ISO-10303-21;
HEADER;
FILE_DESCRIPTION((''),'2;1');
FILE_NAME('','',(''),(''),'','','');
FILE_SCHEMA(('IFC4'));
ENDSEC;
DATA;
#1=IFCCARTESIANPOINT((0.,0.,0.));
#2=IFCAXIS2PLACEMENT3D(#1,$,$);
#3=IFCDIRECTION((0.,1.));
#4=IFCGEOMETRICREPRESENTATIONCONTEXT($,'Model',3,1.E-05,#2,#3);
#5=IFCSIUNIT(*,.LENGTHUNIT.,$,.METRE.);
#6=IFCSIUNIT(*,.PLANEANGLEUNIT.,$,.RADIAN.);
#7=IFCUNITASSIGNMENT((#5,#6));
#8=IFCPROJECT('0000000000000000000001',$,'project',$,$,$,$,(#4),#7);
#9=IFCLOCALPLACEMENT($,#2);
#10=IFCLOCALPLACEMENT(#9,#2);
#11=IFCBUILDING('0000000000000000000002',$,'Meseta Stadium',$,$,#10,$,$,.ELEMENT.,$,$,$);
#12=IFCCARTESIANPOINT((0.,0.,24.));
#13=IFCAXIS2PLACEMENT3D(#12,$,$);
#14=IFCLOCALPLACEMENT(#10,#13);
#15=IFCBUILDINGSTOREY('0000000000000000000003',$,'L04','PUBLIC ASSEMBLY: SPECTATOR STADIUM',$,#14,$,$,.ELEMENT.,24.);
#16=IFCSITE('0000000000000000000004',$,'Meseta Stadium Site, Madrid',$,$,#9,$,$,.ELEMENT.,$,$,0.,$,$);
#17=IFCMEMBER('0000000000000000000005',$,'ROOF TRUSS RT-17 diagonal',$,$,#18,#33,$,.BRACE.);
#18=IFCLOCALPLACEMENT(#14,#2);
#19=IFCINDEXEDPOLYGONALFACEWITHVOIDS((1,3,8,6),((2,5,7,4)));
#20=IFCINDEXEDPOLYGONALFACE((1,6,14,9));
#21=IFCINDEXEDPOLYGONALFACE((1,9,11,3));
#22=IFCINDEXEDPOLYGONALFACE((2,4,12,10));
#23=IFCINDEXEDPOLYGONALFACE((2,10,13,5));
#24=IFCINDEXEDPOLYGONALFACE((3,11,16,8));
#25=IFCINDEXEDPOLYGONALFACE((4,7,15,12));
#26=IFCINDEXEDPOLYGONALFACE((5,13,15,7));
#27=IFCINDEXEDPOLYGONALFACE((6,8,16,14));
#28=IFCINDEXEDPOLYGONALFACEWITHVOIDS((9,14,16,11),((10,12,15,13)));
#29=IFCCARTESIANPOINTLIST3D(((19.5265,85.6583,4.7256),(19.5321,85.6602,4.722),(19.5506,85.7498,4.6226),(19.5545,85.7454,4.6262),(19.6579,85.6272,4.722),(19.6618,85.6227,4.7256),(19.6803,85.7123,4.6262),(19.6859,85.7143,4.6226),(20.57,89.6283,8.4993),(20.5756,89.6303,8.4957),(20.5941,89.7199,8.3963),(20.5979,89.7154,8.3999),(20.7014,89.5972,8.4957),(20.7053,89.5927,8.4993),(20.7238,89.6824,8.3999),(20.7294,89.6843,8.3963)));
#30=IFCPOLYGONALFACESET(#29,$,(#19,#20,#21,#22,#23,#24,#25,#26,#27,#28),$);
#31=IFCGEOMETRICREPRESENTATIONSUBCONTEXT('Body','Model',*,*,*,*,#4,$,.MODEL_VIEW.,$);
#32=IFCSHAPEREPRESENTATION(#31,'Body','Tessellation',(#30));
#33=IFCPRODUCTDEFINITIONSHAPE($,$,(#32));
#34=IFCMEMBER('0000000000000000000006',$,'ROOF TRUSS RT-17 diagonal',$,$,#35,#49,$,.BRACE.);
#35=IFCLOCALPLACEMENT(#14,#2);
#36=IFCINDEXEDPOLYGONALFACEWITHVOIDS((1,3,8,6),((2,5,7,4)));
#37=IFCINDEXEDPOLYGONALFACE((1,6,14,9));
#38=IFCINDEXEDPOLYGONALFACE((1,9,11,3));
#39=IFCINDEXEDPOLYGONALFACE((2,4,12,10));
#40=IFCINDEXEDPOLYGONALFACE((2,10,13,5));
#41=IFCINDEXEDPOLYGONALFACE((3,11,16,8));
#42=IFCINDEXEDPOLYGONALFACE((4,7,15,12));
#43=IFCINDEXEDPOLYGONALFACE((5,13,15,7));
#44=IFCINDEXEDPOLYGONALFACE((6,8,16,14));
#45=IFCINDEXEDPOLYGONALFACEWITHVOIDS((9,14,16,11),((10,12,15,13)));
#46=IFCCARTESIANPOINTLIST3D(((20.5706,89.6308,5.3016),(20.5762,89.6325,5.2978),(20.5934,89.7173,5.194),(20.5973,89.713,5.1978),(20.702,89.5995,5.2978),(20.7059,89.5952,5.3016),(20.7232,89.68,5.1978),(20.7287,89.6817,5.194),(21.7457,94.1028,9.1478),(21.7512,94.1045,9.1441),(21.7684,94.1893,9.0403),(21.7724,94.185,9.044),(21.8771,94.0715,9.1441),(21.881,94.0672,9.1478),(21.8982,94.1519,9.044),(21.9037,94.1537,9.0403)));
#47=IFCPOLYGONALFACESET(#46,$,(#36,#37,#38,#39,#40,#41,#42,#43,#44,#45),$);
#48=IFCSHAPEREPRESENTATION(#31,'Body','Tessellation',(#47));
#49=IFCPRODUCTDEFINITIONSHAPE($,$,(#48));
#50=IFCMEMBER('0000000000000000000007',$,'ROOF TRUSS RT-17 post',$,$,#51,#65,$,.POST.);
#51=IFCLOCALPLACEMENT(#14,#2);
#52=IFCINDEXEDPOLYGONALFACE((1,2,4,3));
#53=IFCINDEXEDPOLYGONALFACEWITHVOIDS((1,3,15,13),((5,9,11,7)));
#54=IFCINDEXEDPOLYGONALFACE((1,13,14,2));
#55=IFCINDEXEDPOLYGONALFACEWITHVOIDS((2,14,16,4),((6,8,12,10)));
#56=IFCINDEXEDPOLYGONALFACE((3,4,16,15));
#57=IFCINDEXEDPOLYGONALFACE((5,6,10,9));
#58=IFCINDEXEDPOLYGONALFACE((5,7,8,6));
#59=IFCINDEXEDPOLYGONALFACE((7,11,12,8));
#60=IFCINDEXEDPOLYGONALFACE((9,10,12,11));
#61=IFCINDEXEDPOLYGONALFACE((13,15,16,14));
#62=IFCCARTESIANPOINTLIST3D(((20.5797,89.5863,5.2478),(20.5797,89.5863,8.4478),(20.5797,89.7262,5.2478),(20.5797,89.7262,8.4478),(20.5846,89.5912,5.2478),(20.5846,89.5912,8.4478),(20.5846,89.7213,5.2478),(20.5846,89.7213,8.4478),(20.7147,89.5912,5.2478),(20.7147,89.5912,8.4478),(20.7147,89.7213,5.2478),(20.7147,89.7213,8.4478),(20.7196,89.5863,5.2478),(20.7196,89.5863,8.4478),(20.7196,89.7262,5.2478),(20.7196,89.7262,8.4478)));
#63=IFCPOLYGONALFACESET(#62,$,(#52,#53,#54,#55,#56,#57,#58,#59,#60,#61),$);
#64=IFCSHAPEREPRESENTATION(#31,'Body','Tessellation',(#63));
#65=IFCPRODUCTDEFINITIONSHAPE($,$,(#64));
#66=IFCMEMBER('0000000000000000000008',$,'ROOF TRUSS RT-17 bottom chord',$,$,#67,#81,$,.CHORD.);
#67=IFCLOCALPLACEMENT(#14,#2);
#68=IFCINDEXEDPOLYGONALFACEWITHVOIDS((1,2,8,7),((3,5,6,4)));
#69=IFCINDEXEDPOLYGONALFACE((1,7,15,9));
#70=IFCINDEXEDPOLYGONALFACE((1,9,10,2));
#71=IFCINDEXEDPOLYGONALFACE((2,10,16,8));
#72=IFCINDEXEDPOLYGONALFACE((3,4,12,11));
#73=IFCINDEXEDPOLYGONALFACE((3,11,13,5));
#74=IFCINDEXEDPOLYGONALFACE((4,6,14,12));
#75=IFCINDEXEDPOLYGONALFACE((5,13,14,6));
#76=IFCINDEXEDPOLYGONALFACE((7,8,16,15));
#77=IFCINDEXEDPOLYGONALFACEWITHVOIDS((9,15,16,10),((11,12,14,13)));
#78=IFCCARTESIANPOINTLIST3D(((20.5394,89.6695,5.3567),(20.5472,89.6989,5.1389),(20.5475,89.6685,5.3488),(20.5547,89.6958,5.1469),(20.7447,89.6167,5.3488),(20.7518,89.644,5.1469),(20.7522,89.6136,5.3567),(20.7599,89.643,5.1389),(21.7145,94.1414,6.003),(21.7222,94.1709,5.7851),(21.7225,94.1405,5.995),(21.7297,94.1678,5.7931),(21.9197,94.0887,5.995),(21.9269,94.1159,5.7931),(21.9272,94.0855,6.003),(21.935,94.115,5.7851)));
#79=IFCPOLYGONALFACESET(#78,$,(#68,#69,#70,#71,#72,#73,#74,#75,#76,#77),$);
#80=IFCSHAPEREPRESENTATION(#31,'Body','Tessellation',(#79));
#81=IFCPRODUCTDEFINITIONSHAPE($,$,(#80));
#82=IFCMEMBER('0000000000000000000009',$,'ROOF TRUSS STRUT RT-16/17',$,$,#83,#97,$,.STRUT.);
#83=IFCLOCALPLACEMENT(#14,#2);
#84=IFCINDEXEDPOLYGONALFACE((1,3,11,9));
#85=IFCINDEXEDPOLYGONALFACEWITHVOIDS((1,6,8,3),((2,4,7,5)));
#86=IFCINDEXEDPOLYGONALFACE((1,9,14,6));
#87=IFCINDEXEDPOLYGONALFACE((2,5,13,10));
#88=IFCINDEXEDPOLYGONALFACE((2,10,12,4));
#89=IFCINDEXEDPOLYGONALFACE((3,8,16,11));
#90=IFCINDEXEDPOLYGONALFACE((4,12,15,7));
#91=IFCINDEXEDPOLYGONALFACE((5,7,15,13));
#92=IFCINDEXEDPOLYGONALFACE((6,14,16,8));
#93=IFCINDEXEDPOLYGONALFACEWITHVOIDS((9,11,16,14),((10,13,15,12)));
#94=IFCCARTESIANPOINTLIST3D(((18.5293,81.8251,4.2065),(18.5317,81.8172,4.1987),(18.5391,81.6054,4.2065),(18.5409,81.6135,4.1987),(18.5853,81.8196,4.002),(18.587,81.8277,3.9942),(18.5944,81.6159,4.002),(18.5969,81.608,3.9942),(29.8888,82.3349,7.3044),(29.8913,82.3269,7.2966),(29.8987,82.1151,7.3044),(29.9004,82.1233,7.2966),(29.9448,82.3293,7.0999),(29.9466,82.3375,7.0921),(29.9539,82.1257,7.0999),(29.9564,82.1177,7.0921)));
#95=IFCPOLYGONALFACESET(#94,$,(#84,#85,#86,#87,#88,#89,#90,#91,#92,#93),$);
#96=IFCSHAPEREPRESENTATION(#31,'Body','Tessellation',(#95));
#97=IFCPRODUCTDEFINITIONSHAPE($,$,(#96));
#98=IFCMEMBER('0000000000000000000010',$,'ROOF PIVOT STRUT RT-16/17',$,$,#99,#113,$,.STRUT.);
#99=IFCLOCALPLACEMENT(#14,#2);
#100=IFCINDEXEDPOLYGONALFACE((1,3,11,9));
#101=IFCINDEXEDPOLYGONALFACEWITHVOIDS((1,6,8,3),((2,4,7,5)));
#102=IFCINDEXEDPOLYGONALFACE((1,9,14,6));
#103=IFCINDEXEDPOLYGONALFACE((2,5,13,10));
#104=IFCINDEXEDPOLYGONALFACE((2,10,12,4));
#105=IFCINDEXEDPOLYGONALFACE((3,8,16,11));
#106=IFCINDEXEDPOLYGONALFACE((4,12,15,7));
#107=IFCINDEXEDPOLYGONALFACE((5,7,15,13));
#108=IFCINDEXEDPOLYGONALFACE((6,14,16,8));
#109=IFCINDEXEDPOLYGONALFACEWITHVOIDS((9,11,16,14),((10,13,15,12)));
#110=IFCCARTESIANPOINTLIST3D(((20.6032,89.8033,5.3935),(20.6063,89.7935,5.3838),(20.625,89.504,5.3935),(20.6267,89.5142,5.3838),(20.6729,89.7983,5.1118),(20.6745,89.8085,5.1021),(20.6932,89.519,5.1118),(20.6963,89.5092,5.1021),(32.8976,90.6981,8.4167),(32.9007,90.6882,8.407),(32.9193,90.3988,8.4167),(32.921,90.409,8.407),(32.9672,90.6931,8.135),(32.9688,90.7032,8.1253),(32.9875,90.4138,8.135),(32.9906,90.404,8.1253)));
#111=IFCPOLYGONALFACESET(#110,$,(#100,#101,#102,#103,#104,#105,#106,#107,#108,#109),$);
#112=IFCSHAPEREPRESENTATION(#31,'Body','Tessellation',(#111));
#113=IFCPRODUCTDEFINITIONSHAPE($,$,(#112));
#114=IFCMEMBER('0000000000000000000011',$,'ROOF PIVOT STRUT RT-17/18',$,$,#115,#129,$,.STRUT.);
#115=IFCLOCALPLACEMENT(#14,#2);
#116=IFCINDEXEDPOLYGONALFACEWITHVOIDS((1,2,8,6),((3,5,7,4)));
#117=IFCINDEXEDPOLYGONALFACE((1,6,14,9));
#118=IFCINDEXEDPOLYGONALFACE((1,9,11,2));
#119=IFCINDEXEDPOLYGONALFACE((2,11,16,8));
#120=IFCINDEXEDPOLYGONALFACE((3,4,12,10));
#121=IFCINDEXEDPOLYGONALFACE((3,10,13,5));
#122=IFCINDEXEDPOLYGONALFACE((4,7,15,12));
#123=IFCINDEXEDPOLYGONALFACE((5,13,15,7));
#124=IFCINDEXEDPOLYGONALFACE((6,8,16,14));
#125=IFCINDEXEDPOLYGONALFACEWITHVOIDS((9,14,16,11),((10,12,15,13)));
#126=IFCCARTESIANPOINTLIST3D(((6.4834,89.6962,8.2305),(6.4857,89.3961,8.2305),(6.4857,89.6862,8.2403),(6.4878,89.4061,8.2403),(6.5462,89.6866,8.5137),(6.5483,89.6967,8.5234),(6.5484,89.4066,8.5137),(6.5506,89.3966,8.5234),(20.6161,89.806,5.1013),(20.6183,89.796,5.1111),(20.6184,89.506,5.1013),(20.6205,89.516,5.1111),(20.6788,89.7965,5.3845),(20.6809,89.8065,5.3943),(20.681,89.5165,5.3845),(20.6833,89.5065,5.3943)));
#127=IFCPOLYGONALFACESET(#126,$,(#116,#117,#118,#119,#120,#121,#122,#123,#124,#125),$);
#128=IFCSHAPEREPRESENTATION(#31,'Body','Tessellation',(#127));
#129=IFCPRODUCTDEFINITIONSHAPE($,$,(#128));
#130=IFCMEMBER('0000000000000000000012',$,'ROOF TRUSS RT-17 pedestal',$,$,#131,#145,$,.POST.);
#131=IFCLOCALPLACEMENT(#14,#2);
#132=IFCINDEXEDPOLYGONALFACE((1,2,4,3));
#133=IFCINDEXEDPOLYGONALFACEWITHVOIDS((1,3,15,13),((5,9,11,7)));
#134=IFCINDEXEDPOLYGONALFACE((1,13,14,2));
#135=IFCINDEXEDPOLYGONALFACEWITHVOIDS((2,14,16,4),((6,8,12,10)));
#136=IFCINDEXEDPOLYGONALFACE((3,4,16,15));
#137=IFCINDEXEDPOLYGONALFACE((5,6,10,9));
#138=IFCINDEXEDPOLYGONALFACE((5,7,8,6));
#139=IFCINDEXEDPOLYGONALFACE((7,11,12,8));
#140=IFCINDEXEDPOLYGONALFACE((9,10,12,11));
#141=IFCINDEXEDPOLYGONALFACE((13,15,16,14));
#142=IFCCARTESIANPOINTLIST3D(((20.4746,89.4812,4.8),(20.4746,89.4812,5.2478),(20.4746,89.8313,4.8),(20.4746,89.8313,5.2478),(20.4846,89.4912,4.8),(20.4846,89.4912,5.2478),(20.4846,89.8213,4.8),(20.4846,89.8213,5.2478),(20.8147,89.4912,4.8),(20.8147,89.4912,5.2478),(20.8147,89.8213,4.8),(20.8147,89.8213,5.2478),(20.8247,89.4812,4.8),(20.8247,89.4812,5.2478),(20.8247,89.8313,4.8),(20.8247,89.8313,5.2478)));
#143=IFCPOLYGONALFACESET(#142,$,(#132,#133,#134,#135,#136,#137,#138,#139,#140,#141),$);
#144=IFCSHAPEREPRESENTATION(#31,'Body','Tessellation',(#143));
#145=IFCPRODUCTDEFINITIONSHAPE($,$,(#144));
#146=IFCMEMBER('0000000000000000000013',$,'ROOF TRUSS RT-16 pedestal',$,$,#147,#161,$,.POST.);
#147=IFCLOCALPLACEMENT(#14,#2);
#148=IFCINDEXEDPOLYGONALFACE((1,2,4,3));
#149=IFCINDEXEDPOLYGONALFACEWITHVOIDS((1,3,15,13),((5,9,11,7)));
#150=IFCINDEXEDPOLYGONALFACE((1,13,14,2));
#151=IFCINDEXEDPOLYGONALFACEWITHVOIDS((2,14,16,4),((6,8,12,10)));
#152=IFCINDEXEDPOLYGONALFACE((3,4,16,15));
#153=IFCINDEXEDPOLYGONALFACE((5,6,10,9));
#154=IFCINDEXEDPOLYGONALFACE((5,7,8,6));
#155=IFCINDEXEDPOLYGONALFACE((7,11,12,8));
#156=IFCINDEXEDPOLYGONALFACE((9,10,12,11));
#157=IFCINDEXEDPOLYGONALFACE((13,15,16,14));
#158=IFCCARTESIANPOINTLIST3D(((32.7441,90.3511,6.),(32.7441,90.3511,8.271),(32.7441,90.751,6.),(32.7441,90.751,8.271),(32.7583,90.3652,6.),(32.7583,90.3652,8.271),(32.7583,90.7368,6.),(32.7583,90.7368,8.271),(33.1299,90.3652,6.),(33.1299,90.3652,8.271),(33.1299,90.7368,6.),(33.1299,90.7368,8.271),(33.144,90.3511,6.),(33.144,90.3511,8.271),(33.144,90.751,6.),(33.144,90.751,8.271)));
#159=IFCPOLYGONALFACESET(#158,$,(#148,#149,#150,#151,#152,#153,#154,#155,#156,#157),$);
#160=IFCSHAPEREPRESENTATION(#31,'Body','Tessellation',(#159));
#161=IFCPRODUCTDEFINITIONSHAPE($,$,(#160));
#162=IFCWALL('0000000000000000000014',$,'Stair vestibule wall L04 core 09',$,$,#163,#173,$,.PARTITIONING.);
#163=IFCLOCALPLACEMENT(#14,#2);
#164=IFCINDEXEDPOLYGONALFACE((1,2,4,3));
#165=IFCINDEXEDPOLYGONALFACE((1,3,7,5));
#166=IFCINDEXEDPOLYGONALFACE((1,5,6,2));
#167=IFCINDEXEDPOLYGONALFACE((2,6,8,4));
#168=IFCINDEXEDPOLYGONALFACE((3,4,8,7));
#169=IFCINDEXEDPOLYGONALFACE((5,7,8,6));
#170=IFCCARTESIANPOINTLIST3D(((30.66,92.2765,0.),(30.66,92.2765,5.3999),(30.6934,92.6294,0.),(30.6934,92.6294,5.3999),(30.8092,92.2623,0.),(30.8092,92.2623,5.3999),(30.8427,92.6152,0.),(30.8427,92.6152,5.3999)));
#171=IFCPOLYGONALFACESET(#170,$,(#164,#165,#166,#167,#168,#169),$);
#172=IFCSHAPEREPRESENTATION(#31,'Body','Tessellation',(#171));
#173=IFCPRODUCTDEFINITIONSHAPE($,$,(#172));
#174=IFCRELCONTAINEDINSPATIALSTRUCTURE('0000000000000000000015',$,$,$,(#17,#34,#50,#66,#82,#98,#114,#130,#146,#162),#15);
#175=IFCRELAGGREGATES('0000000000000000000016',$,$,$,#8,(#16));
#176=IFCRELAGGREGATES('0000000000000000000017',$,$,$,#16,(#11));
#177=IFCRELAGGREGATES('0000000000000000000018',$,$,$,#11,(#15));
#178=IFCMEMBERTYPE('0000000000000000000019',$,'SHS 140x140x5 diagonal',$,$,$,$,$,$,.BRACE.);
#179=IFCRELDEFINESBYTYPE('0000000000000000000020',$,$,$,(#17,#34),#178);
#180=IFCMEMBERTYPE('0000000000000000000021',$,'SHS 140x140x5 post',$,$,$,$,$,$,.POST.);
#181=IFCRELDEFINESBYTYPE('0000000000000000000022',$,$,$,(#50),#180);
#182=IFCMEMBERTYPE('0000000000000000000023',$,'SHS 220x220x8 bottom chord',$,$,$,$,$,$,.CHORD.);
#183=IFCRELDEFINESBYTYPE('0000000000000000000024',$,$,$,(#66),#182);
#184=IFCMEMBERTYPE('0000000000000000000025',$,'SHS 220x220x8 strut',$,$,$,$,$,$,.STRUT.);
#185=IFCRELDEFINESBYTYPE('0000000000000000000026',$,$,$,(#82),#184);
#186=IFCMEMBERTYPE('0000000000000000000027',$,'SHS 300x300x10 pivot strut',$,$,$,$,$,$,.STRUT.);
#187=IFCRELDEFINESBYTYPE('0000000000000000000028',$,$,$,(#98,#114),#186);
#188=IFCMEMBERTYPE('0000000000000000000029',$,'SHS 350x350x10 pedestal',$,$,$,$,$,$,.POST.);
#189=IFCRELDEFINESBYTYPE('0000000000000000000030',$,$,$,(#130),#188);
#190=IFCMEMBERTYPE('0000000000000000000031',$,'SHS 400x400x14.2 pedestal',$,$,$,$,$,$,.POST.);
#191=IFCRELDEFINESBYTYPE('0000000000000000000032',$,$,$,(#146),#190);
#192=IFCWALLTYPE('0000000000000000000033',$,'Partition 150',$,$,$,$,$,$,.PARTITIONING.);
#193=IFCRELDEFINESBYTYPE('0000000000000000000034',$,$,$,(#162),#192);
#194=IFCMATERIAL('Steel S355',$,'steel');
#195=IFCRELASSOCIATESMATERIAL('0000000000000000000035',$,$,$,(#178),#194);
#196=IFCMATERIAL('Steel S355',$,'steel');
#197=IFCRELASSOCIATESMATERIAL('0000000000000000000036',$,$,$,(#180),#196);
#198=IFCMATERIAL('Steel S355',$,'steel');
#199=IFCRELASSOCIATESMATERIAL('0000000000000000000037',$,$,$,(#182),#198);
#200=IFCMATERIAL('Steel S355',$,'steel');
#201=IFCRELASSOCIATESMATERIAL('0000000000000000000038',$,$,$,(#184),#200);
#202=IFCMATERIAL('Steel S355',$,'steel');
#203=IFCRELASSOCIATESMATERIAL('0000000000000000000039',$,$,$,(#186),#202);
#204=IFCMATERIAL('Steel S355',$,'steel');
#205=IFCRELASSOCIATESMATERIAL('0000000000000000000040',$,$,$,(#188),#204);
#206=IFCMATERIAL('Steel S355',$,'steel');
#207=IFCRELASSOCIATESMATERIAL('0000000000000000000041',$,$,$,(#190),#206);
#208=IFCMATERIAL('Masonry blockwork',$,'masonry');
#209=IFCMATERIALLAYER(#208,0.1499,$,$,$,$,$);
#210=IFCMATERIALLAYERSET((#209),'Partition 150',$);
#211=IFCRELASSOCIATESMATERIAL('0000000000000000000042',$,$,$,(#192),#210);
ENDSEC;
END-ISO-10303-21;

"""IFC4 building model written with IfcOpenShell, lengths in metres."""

from ifc_helpers import new_model, si_unit, direction, frame, frame_2d, origin, origin_2d, place, context, subcontext, project, spatial, rectangle, hollow_rectangle, extrude, material, layer, layer_set, material_profile, profile_set, type_object, element, save


model = new_model("IFC4")

# Units and contexts
model_context = context("Model", 3, precision=1e-05, world=origin(), true_north=direction((0.0, 1.0)))
body_context = subcontext(model_context, "Body", "Model", "MODEL_VIEW")
ifc_project = project(units=[si_unit("LENGTHUNIT", "METRE"), si_unit("PLANEANGLEUNIT", "RADIAN")], contexts=[model_context])

# Site, building, storey
site_placement = place(None, origin())
site = spatial("IfcSite", under=ifc_project, at=site_placement, Name="Meseta Stadium Site, Madrid", CompositionType="ELEMENT", RefElevation=0.0)
building_placement = place(site_placement, origin())
building = spatial("IfcBuilding", under=site, at=building_placement, Name="Meseta Stadium", CompositionType="ELEMENT")
storey_placement = place(building_placement, frame((0.0, 0.0, 24.0)))
storey = spatial("IfcBuildingStorey", under=building, at=storey_placement, Name="L04", Description="PUBLIC ASSEMBLY: SPECTATOR STADIUM", CompositionType="ELEMENT", Elevation=24.0)

# Members
ifc_material_1 = material(Name="Steel S355", Category="steel")
ifc_material_profile_1 = material_profile(ifc_material_1, hollow_rectangle(XDim=0.1399, YDim=0.1399, WallThickness=0.0049, at=origin_2d()), Name="SHS 140x140x5")
ifc_profile_set_1 = profile_set([ifc_material_profile_1], Name="Steel S355")
member_type_1 = type_object("IfcMemberType", Name="SHS 140x140x5 diagonal", PredefinedType="BRACE", material=ifc_profile_set_1)
member_1_placement = place(storey_placement, frame((19.6062, 85.6863, 4.6741), z_axis=(0.187139, 0.711993, 0.67679), x_axis=(-0.967151, 0.254203, 0.0)))
element("IfcMember", 1, at=member_1_placement, inside=storey, type_object=member_type_1, Name="ROOF TRUSS RT-17 diagonal", PredefinedType="BRACE", context=body_context, shape_type="SweptSolid", body=[
    extrude(hollow_rectangle(XDim=0.1399, YDim=0.1399, WallThickness=0.0049, at=origin_2d()), origin(), (0.0, 0.0, 1.0), 5.5759),
])
member_2_placement = place(storey_placement, frame((20.6497, 89.6562, 5.2478), z_axis=(0.195375, 0.743546, 0.639506), x_axis=(-0.967169, 0.254135, 0.0)))
element("IfcMember", 2, at=member_2_placement, inside=storey, type_object=member_type_1, Name="ROOF TRUSS RT-17 diagonal", PredefinedType="BRACE", context=body_context, shape_type="SweptSolid", body=[
    extrude(hollow_rectangle(XDim=0.1399, YDim=0.1399, WallThickness=0.0049, at=origin_2d()), origin(), (0.0, 0.0, 1.0), 6.0144),
])
ifc_material_2 = material(Name="Steel S355", Category="steel")
ifc_material_profile_2 = material_profile(ifc_material_2, hollow_rectangle(XDim=0.1399, YDim=0.1399, WallThickness=0.0049, at=origin_2d()), Name="SHS 140x140x5")
ifc_profile_set_2 = profile_set([ifc_material_profile_2], Name="Steel S355")
member_type_2 = type_object("IfcMemberType", Name="SHS 140x140x5 post", PredefinedType="POST", material=ifc_profile_set_2)
member_3_placement = place(storey_placement, frame((20.6497, 89.6562, 5.2478), z_axis=(0.0, 0.0, 1.0), x_axis=(1.0, 0.0, 0.0)))
element("IfcMember", 3, at=member_3_placement, inside=storey, type_object=member_type_2, Name="ROOF TRUSS RT-17 post", PredefinedType="POST", context=body_context, shape_type="SweptSolid", body=[
    extrude(hollow_rectangle(XDim=0.1399, YDim=0.1399, WallThickness=0.0049, at=origin_2d()), origin(), (0.0, 0.0, 1.0), 3.2),
])
ifc_material_3 = material(Name="Steel S355", Category="steel")
ifc_material_profile_3 = material_profile(ifc_material_3, hollow_rectangle(XDim=0.22, YDim=0.22, WallThickness=0.0081, at=origin_2d()), Name="SHS 220x220x8")
ifc_profile_set_3 = profile_set([ifc_material_profile_3], Name="Steel S355")
member_type_3 = type_object("IfcMemberType", Name="SHS 220x220x8 bottom chord", PredefinedType="CHORD", material=ifc_profile_set_3)
member_4_placement = place(storey_placement, frame((20.6497, 89.6562, 5.2478), z_axis=(0.251688, 0.957858, 0.138421), x_axis=(-0.967169, 0.254135, 0.0)))
element("IfcMember", 4, at=member_4_placement, inside=storey, type_object=member_type_3, Name="ROOF TRUSS RT-17 bottom chord", PredefinedType="CHORD", context=body_context, shape_type="SweptSolid", body=[
    extrude(hollow_rectangle(XDim=0.22, YDim=0.22, WallThickness=0.0081, at=origin_2d()), origin(), (0.0, 0.0, 1.0), 4.6687),
])
ifc_material_4 = material(Name="Steel S355", Category="steel")
ifc_material_profile_4 = material_profile(ifc_material_4, hollow_rectangle(XDim=0.22, YDim=0.22, WallThickness=0.0081, at=origin_2d()), Name="SHS 220x220x8")
ifc_profile_set_4 = profile_set([ifc_material_profile_4], Name="Steel S355")
member_type_4 = type_object("IfcMemberType", Name="SHS 220x220x8 strut", PredefinedType="STRUT", material=ifc_profile_set_4)
member_5_placement = place(storey_placement, frame((29.9226, 82.2263, 7.1982), z_axis=(-0.963865, -0.043254, -0.262857), x_axis=(0.04483, -0.998995, 0.0)))
element("IfcMember", 5, at=member_5_placement, inside=storey, type_object=member_type_4, Name="ROOF TRUSS STRUT RT-16/17", PredefinedType="STRUT", context=body_context, shape_type="SweptSolid", body=[
    extrude(hollow_rectangle(XDim=0.22, YDim=0.22, WallThickness=0.0081, at=origin_2d()), origin(), (0.0, 0.0, 1.0), 11.7854),
])
ifc_material_5 = material(Name="Steel S355", Category="steel")
ifc_material_profile_5 = material_profile(ifc_material_5, hollow_rectangle(XDim=0.3, YDim=0.3, WallThickness=0.01, at=origin_2d()), Name="SHS 300x300x10")
ifc_profile_set_5 = profile_set([ifc_material_profile_5], Name="Steel S355")
member_type_5 = type_object("IfcMemberType", Name="SHS 300x300x10 pivot strut", PredefinedType="STRUT", material=ifc_profile_set_5)
member_6_placement = place(storey_placement, frame((32.9441, 90.551, 8.271), z_axis=(-0.968656, -0.070498, -0.238192), x_axis=(0.072587, -0.997362, 0.0)))
element("IfcMember", 6, at=member_6_placement, inside=storey, type_object=member_type_5, Name="ROOF PIVOT STRUT RT-16/17", PredefinedType="STRUT", context=body_context, shape_type="SweptSolid", body=[
    extrude(hollow_rectangle(XDim=0.3, YDim=0.3, WallThickness=0.01, at=origin_2d()), origin(), (0.0, 0.0, 1.0), 12.6921),
])
member_7_placement = place(storey_placement, frame((20.6497, 89.6562, 5.2478), z_axis=(-0.976326, -0.00759, 0.216172), x_axis=(0.007774, -0.99997, 0.0)))
element("IfcMember", 7, at=member_7_placement, inside=storey, type_object=member_type_5, Name="ROOF PIVOT STRUT RT-17/18", PredefinedType="STRUT", context=body_context, shape_type="SweptSolid", body=[
    extrude(hollow_rectangle(XDim=0.3, YDim=0.3, WallThickness=0.01, at=origin_2d()), origin(), (0.0, 0.0, 1.0), 14.4753),
])
ifc_material_6 = material(Name="Steel S355", Category="steel")
ifc_material_profile_6 = material_profile(ifc_material_6, hollow_rectangle(XDim=0.3501, YDim=0.3501, WallThickness=0.01, at=origin_2d()), Name="SHS 350x350x10")
ifc_profile_set_6 = profile_set([ifc_material_profile_6], Name="Steel S355")
member_type_6 = type_object("IfcMemberType", Name="SHS 350x350x10 pedestal", PredefinedType="POST", material=ifc_profile_set_6)
member_8_placement = place(storey_placement, frame((20.6497, 89.6562, 4.8), z_axis=(0.0, 0.0, 1.0), x_axis=(1.0, 0.0, 0.0)))
element("IfcMember", 8, at=member_8_placement, inside=storey, type_object=member_type_6, Name="ROOF TRUSS RT-17 pedestal", PredefinedType="POST", context=body_context, shape_type="SweptSolid", body=[
    extrude(hollow_rectangle(XDim=0.3501, YDim=0.3501, WallThickness=0.01, at=origin_2d()), origin(), (0.0, 0.0, 1.0), 0.4478),
])
ifc_material_7 = material(Name="Steel S355", Category="steel")
ifc_material_profile_7 = material_profile(ifc_material_7, hollow_rectangle(XDim=0.3999, YDim=0.3999, WallThickness=0.0142, at=origin_2d()), Name="SHS 400x400x14.2")
ifc_profile_set_7 = profile_set([ifc_material_profile_7], Name="Steel S355")
member_type_7 = type_object("IfcMemberType", Name="SHS 400x400x14.2 pedestal", PredefinedType="POST", material=ifc_profile_set_7)
member_9_placement = place(storey_placement, frame((32.9441, 90.551, 6.0), z_axis=(0.0, 0.0, 1.0), x_axis=(1.0, 0.0, 0.0)))
element("IfcMember", 9, at=member_9_placement, inside=storey, type_object=member_type_7, Name="ROOF TRUSS RT-16 pedestal", PredefinedType="POST", context=body_context, shape_type="SweptSolid", body=[
    extrude(hollow_rectangle(XDim=0.3999, YDim=0.3999, WallThickness=0.0142, at=origin_2d()), origin(), (0.0, 0.0, 1.0), 2.271),
])

# Wall
ifc_material_8 = material(Name="Masonry blockwork", Category="masonry")
ifc_layer = layer(ifc_material_8, 0.1499)
ifc_layer_set = layer_set([ifc_layer], Name="Partition 150")
wall_type = type_object("IfcWallType", Name="Partition 150", PredefinedType="PARTITIONING", material=ifc_layer_set)
wall_1_placement = place(storey_placement, frame((30.7681, 92.6223, 0.0), z_axis=(0.0, 0.0, 1.0), x_axis=(-0.094322, -0.995542, 0.0)))
element("IfcWall", 10, at=wall_1_placement, inside=storey, type_object=wall_type, Name="Stair vestibule wall L04 core 09", PredefinedType="PARTITIONING", context=body_context, shape_type="SweptSolid", body=[
    extrude(rectangle(XDim=0.3545, YDim=0.1499, at=frame_2d((0.1772, 0.0))), origin(), (0.0, 0.0, 1.0), 5.3999),
])

save(model, "model.ifc")
